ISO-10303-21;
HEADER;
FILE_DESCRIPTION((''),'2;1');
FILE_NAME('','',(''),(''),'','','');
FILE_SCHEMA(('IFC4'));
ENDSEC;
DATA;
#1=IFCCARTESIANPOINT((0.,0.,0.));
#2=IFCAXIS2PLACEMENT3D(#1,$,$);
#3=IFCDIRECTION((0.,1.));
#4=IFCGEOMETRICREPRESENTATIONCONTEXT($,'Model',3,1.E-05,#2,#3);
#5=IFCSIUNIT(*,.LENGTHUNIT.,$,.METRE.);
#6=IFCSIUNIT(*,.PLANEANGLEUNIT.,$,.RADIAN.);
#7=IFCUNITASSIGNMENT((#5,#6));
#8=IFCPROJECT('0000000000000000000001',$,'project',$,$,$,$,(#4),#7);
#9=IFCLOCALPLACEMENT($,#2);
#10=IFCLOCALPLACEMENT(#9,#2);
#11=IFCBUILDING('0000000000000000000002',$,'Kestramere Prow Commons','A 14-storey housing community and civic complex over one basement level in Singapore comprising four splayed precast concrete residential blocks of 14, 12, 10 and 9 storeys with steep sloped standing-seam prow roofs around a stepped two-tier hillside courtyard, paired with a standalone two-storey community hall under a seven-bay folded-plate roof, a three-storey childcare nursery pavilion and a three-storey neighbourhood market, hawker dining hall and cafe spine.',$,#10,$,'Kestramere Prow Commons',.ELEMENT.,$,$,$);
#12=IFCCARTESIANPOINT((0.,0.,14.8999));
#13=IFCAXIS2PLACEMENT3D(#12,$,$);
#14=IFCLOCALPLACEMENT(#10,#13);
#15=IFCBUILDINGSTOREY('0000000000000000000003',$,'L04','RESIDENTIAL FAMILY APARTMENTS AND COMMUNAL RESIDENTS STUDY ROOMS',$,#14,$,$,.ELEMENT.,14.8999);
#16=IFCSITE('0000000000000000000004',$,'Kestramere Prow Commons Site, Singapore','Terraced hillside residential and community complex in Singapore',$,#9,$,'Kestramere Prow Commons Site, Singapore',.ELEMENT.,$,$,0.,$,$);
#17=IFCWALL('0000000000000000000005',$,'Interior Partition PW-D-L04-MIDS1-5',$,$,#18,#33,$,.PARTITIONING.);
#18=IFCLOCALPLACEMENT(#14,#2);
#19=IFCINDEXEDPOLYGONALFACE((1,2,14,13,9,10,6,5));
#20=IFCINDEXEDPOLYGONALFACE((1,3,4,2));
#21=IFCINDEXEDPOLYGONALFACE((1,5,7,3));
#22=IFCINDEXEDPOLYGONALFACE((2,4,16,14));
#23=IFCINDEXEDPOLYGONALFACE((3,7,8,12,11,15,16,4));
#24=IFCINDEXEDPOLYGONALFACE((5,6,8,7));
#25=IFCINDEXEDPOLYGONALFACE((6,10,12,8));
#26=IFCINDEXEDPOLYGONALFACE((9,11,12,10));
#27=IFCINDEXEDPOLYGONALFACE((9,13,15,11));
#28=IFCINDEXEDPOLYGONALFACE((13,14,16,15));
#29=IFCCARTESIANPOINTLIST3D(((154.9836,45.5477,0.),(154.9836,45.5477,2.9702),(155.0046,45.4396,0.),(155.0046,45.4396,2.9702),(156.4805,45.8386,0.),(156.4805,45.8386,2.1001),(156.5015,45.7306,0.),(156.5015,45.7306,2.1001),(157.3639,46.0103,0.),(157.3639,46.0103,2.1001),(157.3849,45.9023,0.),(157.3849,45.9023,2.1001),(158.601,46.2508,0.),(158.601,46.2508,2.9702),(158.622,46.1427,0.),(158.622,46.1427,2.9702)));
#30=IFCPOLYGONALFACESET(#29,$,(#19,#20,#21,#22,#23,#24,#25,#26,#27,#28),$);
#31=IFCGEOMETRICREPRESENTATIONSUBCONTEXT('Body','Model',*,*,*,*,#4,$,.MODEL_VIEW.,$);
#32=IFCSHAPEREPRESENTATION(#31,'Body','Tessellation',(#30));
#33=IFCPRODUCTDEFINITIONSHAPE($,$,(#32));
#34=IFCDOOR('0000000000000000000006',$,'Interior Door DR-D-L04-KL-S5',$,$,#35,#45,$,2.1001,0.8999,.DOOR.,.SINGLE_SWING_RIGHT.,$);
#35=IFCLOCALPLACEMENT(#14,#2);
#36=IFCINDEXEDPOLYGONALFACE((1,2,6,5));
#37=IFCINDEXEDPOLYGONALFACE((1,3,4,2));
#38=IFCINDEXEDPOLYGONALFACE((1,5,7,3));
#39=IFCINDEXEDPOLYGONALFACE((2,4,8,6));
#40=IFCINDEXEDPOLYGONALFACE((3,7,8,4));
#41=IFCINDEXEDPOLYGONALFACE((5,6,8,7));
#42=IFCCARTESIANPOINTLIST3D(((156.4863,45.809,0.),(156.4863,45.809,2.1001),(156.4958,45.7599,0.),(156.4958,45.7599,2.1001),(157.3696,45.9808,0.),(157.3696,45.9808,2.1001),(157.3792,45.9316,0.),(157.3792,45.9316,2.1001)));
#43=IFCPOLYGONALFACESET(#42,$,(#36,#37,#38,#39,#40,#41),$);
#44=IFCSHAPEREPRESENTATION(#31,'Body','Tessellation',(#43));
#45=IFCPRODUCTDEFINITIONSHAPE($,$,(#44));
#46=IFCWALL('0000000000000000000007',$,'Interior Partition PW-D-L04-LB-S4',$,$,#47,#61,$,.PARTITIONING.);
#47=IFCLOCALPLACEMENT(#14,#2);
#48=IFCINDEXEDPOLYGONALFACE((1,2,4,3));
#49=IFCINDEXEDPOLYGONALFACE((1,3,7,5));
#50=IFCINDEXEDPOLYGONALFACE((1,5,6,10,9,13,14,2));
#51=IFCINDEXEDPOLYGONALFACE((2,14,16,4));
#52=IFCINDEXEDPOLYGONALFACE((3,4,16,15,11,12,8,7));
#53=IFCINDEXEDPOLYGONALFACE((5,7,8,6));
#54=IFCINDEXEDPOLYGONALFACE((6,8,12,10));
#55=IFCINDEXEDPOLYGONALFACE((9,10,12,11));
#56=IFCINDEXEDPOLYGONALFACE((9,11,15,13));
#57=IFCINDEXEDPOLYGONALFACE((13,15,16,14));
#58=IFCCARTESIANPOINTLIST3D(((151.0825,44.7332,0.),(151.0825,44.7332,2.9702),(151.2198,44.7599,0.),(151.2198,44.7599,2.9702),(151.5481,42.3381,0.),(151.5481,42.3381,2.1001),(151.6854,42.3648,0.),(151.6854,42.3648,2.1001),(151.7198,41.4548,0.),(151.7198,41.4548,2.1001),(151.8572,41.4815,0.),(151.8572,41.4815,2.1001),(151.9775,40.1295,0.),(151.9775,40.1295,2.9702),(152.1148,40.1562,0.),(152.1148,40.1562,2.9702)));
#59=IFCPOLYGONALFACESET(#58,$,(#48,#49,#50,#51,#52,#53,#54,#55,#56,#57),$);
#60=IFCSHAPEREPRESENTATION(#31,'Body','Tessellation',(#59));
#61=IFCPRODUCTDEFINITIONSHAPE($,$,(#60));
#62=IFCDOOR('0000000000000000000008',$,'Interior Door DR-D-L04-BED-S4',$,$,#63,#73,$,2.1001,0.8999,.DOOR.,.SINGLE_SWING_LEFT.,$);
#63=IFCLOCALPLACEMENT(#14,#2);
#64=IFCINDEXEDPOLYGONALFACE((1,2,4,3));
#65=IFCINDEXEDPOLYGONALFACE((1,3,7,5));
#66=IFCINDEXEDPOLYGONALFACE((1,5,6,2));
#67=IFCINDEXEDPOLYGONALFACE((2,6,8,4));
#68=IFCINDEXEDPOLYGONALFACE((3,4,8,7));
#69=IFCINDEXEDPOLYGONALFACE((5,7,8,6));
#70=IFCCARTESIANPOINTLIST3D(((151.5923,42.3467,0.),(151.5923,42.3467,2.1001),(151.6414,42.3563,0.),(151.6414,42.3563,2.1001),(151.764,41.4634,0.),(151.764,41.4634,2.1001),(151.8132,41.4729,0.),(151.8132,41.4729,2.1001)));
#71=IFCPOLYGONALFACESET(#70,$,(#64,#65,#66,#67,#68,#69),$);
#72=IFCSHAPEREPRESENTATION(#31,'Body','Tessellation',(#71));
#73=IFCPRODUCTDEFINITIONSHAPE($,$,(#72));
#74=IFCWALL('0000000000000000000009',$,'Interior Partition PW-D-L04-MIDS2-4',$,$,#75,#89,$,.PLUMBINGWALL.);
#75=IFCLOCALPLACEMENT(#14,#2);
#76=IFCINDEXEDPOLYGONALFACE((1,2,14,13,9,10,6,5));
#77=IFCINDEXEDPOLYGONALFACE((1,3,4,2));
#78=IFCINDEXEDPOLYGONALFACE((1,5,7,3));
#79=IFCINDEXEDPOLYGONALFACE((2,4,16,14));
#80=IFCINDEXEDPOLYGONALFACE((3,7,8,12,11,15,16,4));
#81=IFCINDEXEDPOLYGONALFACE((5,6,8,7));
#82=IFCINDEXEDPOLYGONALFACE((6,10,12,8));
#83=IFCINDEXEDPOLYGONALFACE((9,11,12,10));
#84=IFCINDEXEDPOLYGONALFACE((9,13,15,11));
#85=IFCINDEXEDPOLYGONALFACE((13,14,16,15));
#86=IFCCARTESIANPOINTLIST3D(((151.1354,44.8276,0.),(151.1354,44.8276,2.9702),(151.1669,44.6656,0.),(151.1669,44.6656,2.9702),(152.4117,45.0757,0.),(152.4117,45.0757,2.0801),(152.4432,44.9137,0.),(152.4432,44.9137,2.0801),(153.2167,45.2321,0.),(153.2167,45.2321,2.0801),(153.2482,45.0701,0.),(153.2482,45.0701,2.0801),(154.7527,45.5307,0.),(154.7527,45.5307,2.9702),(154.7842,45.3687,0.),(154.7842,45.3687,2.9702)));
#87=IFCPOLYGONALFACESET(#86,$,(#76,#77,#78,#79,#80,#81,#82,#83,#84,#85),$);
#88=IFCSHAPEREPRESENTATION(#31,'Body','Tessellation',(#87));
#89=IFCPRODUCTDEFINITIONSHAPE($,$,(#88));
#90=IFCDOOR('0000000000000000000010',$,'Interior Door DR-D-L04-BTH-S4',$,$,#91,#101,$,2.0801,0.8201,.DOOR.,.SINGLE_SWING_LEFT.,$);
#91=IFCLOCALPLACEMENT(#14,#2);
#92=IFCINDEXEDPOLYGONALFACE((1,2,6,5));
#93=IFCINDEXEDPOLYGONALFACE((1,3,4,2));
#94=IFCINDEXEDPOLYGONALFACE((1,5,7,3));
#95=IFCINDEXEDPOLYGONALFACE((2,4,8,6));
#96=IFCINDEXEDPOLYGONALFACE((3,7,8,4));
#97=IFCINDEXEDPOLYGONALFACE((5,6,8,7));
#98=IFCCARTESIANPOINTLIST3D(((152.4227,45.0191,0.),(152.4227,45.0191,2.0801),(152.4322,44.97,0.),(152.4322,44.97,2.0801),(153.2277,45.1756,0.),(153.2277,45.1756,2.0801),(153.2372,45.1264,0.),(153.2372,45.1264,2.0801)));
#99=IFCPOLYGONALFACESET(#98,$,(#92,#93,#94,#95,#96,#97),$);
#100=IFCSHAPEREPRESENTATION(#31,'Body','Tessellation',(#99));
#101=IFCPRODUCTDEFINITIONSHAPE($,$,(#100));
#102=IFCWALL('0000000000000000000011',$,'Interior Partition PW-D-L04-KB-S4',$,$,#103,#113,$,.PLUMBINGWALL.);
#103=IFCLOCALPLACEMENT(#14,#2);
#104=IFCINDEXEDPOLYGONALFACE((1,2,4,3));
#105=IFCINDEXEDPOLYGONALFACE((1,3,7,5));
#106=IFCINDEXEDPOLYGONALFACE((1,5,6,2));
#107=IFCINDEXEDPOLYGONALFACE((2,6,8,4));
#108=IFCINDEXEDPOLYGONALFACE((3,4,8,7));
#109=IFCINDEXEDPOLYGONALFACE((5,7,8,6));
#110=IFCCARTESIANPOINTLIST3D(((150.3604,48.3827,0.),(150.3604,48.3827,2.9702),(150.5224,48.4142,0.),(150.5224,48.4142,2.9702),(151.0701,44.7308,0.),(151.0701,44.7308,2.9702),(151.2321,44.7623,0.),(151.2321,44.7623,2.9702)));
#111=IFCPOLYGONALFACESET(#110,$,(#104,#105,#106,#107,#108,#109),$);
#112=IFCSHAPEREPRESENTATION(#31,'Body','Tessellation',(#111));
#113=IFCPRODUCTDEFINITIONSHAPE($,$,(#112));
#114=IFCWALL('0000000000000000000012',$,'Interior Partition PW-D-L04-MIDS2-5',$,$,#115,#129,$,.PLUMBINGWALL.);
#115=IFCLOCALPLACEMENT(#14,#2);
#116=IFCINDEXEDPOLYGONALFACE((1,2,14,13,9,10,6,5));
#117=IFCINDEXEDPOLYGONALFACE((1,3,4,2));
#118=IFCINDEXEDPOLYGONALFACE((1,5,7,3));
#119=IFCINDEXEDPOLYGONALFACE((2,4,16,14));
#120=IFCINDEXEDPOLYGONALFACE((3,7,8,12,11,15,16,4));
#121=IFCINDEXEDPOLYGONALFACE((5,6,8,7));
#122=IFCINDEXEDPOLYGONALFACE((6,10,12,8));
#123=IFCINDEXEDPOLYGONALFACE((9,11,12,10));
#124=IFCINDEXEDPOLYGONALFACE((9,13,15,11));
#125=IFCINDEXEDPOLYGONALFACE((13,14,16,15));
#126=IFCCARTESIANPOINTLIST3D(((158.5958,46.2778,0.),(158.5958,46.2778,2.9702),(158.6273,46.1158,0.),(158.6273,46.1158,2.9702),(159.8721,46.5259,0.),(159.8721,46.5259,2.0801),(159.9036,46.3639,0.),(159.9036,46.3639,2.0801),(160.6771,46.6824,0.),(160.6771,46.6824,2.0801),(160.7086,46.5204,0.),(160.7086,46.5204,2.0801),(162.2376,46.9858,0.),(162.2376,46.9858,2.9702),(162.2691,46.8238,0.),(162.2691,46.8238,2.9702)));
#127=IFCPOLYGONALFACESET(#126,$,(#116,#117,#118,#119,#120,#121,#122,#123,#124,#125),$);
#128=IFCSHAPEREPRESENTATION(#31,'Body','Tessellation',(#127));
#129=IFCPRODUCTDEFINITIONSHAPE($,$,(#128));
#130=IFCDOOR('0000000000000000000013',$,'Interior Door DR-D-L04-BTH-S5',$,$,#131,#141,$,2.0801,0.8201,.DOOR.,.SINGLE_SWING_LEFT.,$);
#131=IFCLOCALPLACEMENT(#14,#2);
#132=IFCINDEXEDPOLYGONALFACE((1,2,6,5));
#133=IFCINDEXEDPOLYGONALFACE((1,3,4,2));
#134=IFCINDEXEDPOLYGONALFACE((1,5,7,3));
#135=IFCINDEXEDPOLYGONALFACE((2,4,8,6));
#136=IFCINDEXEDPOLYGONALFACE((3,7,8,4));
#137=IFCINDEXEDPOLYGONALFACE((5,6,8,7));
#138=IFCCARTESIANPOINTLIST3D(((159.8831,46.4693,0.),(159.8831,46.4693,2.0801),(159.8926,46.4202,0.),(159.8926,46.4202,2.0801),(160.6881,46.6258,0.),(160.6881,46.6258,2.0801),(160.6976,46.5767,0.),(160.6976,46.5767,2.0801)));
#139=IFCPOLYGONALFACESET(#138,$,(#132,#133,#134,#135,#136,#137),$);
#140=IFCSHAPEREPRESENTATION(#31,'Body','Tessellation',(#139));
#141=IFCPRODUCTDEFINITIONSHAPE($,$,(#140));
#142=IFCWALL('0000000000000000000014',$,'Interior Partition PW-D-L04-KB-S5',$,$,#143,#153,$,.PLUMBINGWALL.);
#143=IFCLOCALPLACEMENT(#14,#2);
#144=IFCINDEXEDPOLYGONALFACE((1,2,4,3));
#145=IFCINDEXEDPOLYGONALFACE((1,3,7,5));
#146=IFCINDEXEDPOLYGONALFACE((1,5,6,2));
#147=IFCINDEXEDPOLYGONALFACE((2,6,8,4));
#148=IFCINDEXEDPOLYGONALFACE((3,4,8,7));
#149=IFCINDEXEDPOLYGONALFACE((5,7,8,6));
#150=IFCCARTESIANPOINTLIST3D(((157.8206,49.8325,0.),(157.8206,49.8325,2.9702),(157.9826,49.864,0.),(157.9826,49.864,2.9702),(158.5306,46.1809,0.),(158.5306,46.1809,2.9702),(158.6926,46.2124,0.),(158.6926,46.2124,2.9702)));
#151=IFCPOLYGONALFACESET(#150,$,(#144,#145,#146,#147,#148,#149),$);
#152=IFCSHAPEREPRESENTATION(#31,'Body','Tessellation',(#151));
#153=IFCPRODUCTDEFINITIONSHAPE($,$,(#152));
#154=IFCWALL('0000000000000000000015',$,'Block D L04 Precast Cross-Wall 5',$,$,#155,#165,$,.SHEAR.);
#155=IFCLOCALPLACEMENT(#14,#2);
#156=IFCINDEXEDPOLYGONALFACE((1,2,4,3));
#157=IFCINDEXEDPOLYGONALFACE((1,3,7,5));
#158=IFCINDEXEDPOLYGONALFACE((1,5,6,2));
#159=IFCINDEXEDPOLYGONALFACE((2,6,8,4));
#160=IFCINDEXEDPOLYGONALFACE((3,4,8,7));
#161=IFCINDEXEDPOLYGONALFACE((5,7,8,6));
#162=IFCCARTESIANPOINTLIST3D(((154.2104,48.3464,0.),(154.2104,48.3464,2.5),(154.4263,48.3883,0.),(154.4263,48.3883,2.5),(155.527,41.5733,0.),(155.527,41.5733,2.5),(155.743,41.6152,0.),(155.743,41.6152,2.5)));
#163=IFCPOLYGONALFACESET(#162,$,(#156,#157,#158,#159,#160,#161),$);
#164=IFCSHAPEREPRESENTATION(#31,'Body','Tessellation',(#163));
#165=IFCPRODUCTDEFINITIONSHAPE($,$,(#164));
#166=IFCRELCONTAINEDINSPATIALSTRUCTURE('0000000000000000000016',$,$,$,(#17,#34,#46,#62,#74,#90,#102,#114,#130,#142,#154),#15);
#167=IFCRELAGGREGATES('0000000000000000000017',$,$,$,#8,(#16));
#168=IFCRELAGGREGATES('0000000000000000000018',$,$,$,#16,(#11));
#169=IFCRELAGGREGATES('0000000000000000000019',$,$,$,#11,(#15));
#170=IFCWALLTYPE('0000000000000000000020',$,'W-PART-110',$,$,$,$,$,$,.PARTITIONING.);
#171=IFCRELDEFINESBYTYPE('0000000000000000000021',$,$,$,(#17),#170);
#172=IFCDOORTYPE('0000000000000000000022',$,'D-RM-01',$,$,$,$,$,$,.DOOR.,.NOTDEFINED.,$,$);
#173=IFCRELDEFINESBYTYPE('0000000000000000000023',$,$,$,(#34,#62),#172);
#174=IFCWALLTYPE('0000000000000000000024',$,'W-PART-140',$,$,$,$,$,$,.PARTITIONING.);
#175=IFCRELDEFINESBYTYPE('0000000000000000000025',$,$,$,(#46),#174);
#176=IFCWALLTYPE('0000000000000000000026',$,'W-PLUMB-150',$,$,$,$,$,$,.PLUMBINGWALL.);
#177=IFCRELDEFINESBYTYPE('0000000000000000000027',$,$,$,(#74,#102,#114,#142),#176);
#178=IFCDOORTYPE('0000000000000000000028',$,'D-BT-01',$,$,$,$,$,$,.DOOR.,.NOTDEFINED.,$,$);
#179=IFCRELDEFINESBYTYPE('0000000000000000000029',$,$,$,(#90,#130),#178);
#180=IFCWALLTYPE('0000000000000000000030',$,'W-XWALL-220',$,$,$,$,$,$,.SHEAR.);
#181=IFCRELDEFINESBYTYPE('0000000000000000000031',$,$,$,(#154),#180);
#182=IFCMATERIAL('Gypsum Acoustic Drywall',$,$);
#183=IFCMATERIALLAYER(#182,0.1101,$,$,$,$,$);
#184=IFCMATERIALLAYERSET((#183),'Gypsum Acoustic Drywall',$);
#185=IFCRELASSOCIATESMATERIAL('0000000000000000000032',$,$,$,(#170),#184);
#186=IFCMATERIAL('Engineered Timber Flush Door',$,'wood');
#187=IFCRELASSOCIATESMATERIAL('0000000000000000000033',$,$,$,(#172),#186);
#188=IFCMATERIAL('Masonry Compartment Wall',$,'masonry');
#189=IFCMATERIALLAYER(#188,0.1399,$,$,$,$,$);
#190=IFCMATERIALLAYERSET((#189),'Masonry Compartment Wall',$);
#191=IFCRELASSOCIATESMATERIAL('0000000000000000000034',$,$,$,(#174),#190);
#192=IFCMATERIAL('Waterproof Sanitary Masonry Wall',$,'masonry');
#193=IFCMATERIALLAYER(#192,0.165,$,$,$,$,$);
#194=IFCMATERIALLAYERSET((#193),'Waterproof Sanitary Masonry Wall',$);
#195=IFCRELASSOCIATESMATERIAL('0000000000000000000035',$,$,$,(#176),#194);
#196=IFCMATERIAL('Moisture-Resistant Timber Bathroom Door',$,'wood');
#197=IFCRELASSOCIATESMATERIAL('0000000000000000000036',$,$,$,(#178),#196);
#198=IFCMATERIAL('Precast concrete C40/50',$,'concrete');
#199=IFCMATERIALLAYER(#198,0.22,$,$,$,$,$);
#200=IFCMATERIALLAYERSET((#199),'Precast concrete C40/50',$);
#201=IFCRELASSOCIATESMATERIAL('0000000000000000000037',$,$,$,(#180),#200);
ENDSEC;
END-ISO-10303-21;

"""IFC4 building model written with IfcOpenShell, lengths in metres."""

from ifc_helpers import new_model, si_unit, direction, frame, frame_2d, origin, place, context, subcontext, project, spatial, rectangle, extrude, material, layer, layer_set, type_object, element, fill, save


model = new_model("IFC4")

# Units and contexts
model_context = context("Model", 3, precision=1e-05, world=origin(), true_north=direction((0.0, 1.0)))
body_context = subcontext(model_context, "Body", "Model", "MODEL_VIEW")
ifc_project = project(units=[si_unit("LENGTHUNIT", "METRE"), si_unit("PLANEANGLEUNIT", "RADIAN")], contexts=[model_context])

# Site, building, storey
site_placement = place(None, origin())
site = spatial("IfcSite", under=ifc_project, at=site_placement, Name="Kestramere Prow Commons Site, Singapore", Description="Terraced hillside residential and community complex in Singapore", LongName="Kestramere Prow Commons Site, Singapore", CompositionType="ELEMENT", RefElevation=0.0)
building_placement = place(site_placement, origin())
building = spatial("IfcBuilding", under=site, at=building_placement, Name="Kestramere Prow Commons", Description="A 14-storey housing community and civic complex over one basement level in Singapore comprising four splayed precast concrete residential blocks of 14, 12, 10 and 9 storeys with steep sloped standing-seam prow roofs around a stepped two-tier hillside courtyard, paired with a standalone two-storey community hall under a seven-bay folded-plate roof, a three-storey childcare nursery pavilion and a three-storey neighbourhood market, hawker dining hall and cafe spine.", LongName="Kestramere Prow Commons", CompositionType="ELEMENT")
storey_placement = place(building_placement, frame((0.0, 0.0, 14.8999)))
storey = spatial("IfcBuildingStorey", under=building, at=storey_placement, Name="L04", Description="RESIDENTIAL FAMILY APARTMENTS AND COMMUNAL RESIDENTS STUDY ROOMS", CompositionType="ELEMENT", Elevation=14.8999)

# Shared definitions
ifc_material_1 = material(Name="Precast concrete C40/50", Category="concrete")

# Walls, openings, doors
ifc_material_2 = material(Name="Gypsum Acoustic Drywall")
ifc_layer_1 = layer(ifc_material_2, 0.1101)
ifc_layer_set_1 = layer_set([ifc_layer_1], Name="Gypsum Acoustic Drywall")
wall_type_1 = type_object("IfcWallType", Name="W-PART-110", PredefinedType="PARTITIONING", material=ifc_layer_set_1)
wall_1_placement = place(storey_placement, frame((154.9941, 45.4937, 0.0), z_axis=(0.0, 0.0, 1.0), x_axis=(0.981629, 0.190801, 0.0)))
wall_1 = element("IfcWall", 1, at=wall_1_placement, inside=storey, type_object=wall_type_1, Name="Interior Partition PW-D-L04-MIDS1-5", PredefinedType="PARTITIONING", context=body_context, shape_type="SweptSolid", body=[
    extrude(rectangle(XDim=3.6851, YDim=0.1101, at=frame_2d((1.8425, 0.0))), origin(), (0.0, 0.0, 1.0), 2.9702),
])
opening_1_placement = place(wall_1_placement, frame((1.5249, 0.0, 0.0)))
opening_1 = element("IfcOpeningElement", 2, at=opening_1_placement, cuts=wall_1, PredefinedType="OPENING", context=body_context, shape_type="SweptSolid", body=[
    extrude(rectangle(XDim=0.8999, YDim=2.1001, at=frame_2d((0.45, 1.05))), frame((0.0, 0.0701, 0.0), z_axis=(0.0, -1.0, 0.0), x_axis=(1.0, 0.0, 0.0)), (0.0, 0.0, 1.0), 0.1401),
])
ifc_material_3 = material(Name="Engineered Timber Flush Door", Category="wood")
door_type_1 = type_object("IfcDoorType", Name="D-RM-01", OperationType="NOTDEFINED", PredefinedType="DOOR", material=ifc_material_3)
door_1_placement = place(opening_1_placement, origin())
door_1 = element("IfcDoor", 3, at=door_1_placement, inside=storey, type_object=door_type_1, Name="Interior Door DR-D-L04-KL-S5", OperationType="SINGLE_SWING_RIGHT", OverallHeight=2.1001, OverallWidth=0.8999, PredefinedType="DOOR", context=body_context, shape_type="SweptSolid", body=[
    extrude(rectangle(XDim=0.8999, YDim=2.1001, at=frame_2d((0.45, 1.05))), frame((0.0, 0.0249, 0.0), z_axis=(0.0, -1.0, 0.0), x_axis=(1.0, 0.0, 0.0)), (0.0, 0.0, 1.0), 0.05),
])
fill(opening_1, door_1)
ifc_material_4 = material(Name="Masonry Compartment Wall", Category="masonry")
ifc_layer_2 = layer(ifc_material_4, 0.1399)
ifc_layer_set_2 = layer_set([ifc_layer_2], Name="Masonry Compartment Wall")
wall_type_2 = type_object("IfcWallType", Name="W-PART-140", PredefinedType="PARTITIONING", material=ifc_layer_set_2)
wall_2_placement = place(storey_placement, frame((152.0461, 40.1428, 0.0), z_axis=(0.0, 0.0, 1.0), x_axis=(-0.190838, 0.981622, 0.0)))
wall_2 = element("IfcWall", 4, at=wall_2_placement, inside=storey, type_object=wall_type_2, Name="Interior Partition PW-D-L04-LB-S4", PredefinedType="PARTITIONING", context=body_context, shape_type="SweptSolid", body=[
    extrude(rectangle(XDim=4.6899, YDim=0.1399, at=frame_2d((2.345, 0.0))), origin(), (0.0, 0.0, 1.0), 2.9702),
])
opening_2_placement = place(wall_2_placement, frame((1.3501, 0.0, 0.0)))
opening_2 = element("IfcOpeningElement", 5, at=opening_2_placement, cuts=wall_2, PredefinedType="OPENING", context=body_context, shape_type="SweptSolid", body=[
    extrude(rectangle(XDim=0.8999, YDim=2.1001, at=frame_2d((0.45, 1.05))), frame((0.0, 0.085, 0.0), z_axis=(0.0, -1.0, 0.0), x_axis=(1.0, 0.0, 0.0)), (0.0, 0.0, 1.0), 0.1699),
])
door_2_placement = place(opening_2_placement, origin())
door_2 = element("IfcDoor", 6, at=door_2_placement, inside=storey, type_object=door_type_1, Name="Interior Door DR-D-L04-BED-S4", OperationType="SINGLE_SWING_LEFT", OverallHeight=2.1001, OverallWidth=0.8999, PredefinedType="DOOR", context=body_context, shape_type="SweptSolid", body=[
    extrude(rectangle(XDim=0.8999, YDim=2.1001, at=frame_2d((0.45, 1.05))), frame((0.0, 0.0249, 0.0), z_axis=(0.0, -1.0, 0.0), x_axis=(1.0, 0.0, 0.0)), (0.0, 0.0, 1.0), 0.05),
])
fill(opening_2, door_2)
ifc_material_5 = material(Name="Waterproof Sanitary Masonry Wall", Category="masonry")
ifc_layer_3 = layer(ifc_material_5, 0.165)
ifc_layer_set_3 = layer_set([ifc_layer_3], Name="Waterproof Sanitary Masonry Wall")
wall_type_3 = type_object("IfcWallType", Name="W-PLUMB-150", PredefinedType="PLUMBINGWALL", material=ifc_layer_set_3)
wall_3_placement = place(storey_placement, frame((151.1511, 44.7466, 0.0), z_axis=(0.0, 0.0, 1.0), x_axis=(0.981629, 0.190801, 0.0)))
wall_3 = element("IfcWall", 7, at=wall_3_placement, inside=storey, type_object=wall_type_3, Name="Interior Partition PW-D-L04-MIDS2-4", PredefinedType="PLUMBINGWALL", context=body_context, shape_type="SweptSolid", body=[
    extrude(rectangle(XDim=3.6851, YDim=0.165, at=frame_2d((1.8425, 0.0))), origin(), (0.0, 0.0, 1.0), 2.9702),
])
opening_3_placement = place(wall_3_placement, frame((1.3, 0.0, 0.0)))
opening_3 = element("IfcOpeningElement", 8, at=opening_3_placement, cuts=wall_3, PredefinedType="OPENING", context=body_context, shape_type="SweptSolid", body=[
    extrude(rectangle(XDim=0.8201, YDim=2.0801, at=frame_2d((0.4102, 1.04))), frame((0.0, 0.0974, 0.0), z_axis=(0.0, -1.0, 0.0), x_axis=(1.0, 0.0, 0.0)), (0.0, 0.0, 1.0), 0.1951),
])
ifc_material_6 = material(Name="Moisture-Resistant Timber Bathroom Door", Category="wood")
door_type_2 = type_object("IfcDoorType", Name="D-BT-01", OperationType="NOTDEFINED", PredefinedType="DOOR", material=ifc_material_6)
door_3_placement = place(opening_3_placement, origin())
door_3 = element("IfcDoor", 9, at=door_3_placement, inside=storey, type_object=door_type_2, Name="Interior Door DR-D-L04-BTH-S4", OperationType="SINGLE_SWING_LEFT", OverallHeight=2.0801, OverallWidth=0.8201, PredefinedType="DOOR", context=body_context, shape_type="SweptSolid", body=[
    extrude(rectangle(XDim=0.8201, YDim=2.0801, at=frame_2d((0.4102, 1.04))), frame((0.0, 0.0249, 0.0), z_axis=(0.0, -1.0, 0.0), x_axis=(1.0, 0.0, 0.0)), (0.0, 0.0, 1.0), 0.05),
])
fill(opening_3, door_3)

# Wall
wall_4_placement = place(storey_placement, frame((151.1511, 44.7466, 0.0), z_axis=(0.0, 0.0, 1.0), x_axis=(-0.190775, 0.981634, 0.0)))
element("IfcWall", 10, at=wall_4_placement, inside=storey, type_object=wall_type_3, Name="Interior Partition PW-D-L04-KB-S4", PredefinedType="PLUMBINGWALL", context=body_context, shape_type="SweptSolid", body=[
    extrude(rectangle(XDim=3.7202, YDim=0.165, at=frame_2d((1.8601, 0.0))), origin(), (0.0, 0.0, 1.0), 2.9702),
])

# Wall, opening, door
wall_5_placement = place(storey_placement, frame((158.6116, 46.1968, 0.0), z_axis=(0.0, 0.0, 1.0), x_axis=(0.981622, 0.190836, 0.0)))
wall_5 = element("IfcWall", 11, at=wall_5_placement, inside=storey, type_object=wall_type_3, Name="Interior Partition PW-D-L04-MIDS2-5", PredefinedType="PLUMBINGWALL", context=body_context, shape_type="SweptSolid", body=[
    extrude(rectangle(XDim=3.71, YDim=0.165, at=frame_2d((1.855, 0.0))), origin(), (0.0, 0.0, 1.0), 2.9702),
])
opening_4_placement = place(wall_5_placement, frame((1.3, 0.0, 0.0)))
opening_4 = element("IfcOpeningElement", 12, at=opening_4_placement, cuts=wall_5, PredefinedType="OPENING", context=body_context, shape_type="SweptSolid", body=[
    extrude(rectangle(XDim=0.8201, YDim=2.0801, at=frame_2d((0.4102, 1.04))), frame((0.0, 0.0974, 0.0), z_axis=(0.0, -1.0, 0.0), x_axis=(1.0, 0.0, 0.0)), (0.0, 0.0, 1.0), 0.1951),
])
door_4_placement = place(opening_4_placement, origin())
door_4 = element("IfcDoor", 13, at=door_4_placement, inside=storey, type_object=door_type_2, Name="Interior Door DR-D-L04-BTH-S5", OperationType="SINGLE_SWING_LEFT", OverallHeight=2.0801, OverallWidth=0.8201, PredefinedType="DOOR", context=body_context, shape_type="SweptSolid", body=[
    extrude(rectangle(XDim=0.8201, YDim=2.0801, at=frame_2d((0.4102, 1.04))), frame((0.0, 0.0249, 0.0), z_axis=(0.0, -1.0, 0.0), x_axis=(1.0, 0.0, 0.0)), (0.0, 0.0, 1.0), 0.05),
])
fill(opening_4, door_4)

# Walls
wall_6_placement = place(storey_placement, frame((158.6116, 46.1968, 0.0), z_axis=(0.0, 0.0, 1.0), x_axis=(-0.19085, 0.981619, 0.0)))
element("IfcWall", 14, at=wall_6_placement, inside=storey, type_object=wall_type_3, Name="Interior Partition PW-D-L04-KB-S5", PredefinedType="PLUMBINGWALL", context=body_context, shape_type="SweptSolid", body=[
    extrude(rectangle(XDim=3.72, YDim=0.165, at=frame_2d((1.8599, 0.0))), origin(), (0.0, 0.0, 1.0), 2.9702),
])
ifc_layer_4 = layer(ifc_material_1, 0.22)
ifc_layer_set_4 = layer_set([ifc_layer_4], Name="Precast concrete C40/50")
wall_type_4 = type_object("IfcWallType", Name="W-XWALL-220", PredefinedType="SHEAR", material=ifc_layer_set_4)
wall_7_placement = place(storey_placement, frame((155.635, 41.5942, 0.0), z_axis=(0.0, 0.0, 1.0), x_axis=(-0.190819, 0.981625, 0.0)))
element("IfcWall", 15, at=wall_7_placement, inside=storey, type_object=wall_type_4, Name="Block D L04 Precast Cross-Wall 5", PredefinedType="SHEAR", context=body_context, shape_type="SweptSolid", body=[
    extrude(rectangle(XDim=6.8999, YDim=0.22, at=frame_2d((3.45, 0.0))), origin(), (0.0, 0.0, 1.0), 2.5),
])

save(model, "model.ifc")
